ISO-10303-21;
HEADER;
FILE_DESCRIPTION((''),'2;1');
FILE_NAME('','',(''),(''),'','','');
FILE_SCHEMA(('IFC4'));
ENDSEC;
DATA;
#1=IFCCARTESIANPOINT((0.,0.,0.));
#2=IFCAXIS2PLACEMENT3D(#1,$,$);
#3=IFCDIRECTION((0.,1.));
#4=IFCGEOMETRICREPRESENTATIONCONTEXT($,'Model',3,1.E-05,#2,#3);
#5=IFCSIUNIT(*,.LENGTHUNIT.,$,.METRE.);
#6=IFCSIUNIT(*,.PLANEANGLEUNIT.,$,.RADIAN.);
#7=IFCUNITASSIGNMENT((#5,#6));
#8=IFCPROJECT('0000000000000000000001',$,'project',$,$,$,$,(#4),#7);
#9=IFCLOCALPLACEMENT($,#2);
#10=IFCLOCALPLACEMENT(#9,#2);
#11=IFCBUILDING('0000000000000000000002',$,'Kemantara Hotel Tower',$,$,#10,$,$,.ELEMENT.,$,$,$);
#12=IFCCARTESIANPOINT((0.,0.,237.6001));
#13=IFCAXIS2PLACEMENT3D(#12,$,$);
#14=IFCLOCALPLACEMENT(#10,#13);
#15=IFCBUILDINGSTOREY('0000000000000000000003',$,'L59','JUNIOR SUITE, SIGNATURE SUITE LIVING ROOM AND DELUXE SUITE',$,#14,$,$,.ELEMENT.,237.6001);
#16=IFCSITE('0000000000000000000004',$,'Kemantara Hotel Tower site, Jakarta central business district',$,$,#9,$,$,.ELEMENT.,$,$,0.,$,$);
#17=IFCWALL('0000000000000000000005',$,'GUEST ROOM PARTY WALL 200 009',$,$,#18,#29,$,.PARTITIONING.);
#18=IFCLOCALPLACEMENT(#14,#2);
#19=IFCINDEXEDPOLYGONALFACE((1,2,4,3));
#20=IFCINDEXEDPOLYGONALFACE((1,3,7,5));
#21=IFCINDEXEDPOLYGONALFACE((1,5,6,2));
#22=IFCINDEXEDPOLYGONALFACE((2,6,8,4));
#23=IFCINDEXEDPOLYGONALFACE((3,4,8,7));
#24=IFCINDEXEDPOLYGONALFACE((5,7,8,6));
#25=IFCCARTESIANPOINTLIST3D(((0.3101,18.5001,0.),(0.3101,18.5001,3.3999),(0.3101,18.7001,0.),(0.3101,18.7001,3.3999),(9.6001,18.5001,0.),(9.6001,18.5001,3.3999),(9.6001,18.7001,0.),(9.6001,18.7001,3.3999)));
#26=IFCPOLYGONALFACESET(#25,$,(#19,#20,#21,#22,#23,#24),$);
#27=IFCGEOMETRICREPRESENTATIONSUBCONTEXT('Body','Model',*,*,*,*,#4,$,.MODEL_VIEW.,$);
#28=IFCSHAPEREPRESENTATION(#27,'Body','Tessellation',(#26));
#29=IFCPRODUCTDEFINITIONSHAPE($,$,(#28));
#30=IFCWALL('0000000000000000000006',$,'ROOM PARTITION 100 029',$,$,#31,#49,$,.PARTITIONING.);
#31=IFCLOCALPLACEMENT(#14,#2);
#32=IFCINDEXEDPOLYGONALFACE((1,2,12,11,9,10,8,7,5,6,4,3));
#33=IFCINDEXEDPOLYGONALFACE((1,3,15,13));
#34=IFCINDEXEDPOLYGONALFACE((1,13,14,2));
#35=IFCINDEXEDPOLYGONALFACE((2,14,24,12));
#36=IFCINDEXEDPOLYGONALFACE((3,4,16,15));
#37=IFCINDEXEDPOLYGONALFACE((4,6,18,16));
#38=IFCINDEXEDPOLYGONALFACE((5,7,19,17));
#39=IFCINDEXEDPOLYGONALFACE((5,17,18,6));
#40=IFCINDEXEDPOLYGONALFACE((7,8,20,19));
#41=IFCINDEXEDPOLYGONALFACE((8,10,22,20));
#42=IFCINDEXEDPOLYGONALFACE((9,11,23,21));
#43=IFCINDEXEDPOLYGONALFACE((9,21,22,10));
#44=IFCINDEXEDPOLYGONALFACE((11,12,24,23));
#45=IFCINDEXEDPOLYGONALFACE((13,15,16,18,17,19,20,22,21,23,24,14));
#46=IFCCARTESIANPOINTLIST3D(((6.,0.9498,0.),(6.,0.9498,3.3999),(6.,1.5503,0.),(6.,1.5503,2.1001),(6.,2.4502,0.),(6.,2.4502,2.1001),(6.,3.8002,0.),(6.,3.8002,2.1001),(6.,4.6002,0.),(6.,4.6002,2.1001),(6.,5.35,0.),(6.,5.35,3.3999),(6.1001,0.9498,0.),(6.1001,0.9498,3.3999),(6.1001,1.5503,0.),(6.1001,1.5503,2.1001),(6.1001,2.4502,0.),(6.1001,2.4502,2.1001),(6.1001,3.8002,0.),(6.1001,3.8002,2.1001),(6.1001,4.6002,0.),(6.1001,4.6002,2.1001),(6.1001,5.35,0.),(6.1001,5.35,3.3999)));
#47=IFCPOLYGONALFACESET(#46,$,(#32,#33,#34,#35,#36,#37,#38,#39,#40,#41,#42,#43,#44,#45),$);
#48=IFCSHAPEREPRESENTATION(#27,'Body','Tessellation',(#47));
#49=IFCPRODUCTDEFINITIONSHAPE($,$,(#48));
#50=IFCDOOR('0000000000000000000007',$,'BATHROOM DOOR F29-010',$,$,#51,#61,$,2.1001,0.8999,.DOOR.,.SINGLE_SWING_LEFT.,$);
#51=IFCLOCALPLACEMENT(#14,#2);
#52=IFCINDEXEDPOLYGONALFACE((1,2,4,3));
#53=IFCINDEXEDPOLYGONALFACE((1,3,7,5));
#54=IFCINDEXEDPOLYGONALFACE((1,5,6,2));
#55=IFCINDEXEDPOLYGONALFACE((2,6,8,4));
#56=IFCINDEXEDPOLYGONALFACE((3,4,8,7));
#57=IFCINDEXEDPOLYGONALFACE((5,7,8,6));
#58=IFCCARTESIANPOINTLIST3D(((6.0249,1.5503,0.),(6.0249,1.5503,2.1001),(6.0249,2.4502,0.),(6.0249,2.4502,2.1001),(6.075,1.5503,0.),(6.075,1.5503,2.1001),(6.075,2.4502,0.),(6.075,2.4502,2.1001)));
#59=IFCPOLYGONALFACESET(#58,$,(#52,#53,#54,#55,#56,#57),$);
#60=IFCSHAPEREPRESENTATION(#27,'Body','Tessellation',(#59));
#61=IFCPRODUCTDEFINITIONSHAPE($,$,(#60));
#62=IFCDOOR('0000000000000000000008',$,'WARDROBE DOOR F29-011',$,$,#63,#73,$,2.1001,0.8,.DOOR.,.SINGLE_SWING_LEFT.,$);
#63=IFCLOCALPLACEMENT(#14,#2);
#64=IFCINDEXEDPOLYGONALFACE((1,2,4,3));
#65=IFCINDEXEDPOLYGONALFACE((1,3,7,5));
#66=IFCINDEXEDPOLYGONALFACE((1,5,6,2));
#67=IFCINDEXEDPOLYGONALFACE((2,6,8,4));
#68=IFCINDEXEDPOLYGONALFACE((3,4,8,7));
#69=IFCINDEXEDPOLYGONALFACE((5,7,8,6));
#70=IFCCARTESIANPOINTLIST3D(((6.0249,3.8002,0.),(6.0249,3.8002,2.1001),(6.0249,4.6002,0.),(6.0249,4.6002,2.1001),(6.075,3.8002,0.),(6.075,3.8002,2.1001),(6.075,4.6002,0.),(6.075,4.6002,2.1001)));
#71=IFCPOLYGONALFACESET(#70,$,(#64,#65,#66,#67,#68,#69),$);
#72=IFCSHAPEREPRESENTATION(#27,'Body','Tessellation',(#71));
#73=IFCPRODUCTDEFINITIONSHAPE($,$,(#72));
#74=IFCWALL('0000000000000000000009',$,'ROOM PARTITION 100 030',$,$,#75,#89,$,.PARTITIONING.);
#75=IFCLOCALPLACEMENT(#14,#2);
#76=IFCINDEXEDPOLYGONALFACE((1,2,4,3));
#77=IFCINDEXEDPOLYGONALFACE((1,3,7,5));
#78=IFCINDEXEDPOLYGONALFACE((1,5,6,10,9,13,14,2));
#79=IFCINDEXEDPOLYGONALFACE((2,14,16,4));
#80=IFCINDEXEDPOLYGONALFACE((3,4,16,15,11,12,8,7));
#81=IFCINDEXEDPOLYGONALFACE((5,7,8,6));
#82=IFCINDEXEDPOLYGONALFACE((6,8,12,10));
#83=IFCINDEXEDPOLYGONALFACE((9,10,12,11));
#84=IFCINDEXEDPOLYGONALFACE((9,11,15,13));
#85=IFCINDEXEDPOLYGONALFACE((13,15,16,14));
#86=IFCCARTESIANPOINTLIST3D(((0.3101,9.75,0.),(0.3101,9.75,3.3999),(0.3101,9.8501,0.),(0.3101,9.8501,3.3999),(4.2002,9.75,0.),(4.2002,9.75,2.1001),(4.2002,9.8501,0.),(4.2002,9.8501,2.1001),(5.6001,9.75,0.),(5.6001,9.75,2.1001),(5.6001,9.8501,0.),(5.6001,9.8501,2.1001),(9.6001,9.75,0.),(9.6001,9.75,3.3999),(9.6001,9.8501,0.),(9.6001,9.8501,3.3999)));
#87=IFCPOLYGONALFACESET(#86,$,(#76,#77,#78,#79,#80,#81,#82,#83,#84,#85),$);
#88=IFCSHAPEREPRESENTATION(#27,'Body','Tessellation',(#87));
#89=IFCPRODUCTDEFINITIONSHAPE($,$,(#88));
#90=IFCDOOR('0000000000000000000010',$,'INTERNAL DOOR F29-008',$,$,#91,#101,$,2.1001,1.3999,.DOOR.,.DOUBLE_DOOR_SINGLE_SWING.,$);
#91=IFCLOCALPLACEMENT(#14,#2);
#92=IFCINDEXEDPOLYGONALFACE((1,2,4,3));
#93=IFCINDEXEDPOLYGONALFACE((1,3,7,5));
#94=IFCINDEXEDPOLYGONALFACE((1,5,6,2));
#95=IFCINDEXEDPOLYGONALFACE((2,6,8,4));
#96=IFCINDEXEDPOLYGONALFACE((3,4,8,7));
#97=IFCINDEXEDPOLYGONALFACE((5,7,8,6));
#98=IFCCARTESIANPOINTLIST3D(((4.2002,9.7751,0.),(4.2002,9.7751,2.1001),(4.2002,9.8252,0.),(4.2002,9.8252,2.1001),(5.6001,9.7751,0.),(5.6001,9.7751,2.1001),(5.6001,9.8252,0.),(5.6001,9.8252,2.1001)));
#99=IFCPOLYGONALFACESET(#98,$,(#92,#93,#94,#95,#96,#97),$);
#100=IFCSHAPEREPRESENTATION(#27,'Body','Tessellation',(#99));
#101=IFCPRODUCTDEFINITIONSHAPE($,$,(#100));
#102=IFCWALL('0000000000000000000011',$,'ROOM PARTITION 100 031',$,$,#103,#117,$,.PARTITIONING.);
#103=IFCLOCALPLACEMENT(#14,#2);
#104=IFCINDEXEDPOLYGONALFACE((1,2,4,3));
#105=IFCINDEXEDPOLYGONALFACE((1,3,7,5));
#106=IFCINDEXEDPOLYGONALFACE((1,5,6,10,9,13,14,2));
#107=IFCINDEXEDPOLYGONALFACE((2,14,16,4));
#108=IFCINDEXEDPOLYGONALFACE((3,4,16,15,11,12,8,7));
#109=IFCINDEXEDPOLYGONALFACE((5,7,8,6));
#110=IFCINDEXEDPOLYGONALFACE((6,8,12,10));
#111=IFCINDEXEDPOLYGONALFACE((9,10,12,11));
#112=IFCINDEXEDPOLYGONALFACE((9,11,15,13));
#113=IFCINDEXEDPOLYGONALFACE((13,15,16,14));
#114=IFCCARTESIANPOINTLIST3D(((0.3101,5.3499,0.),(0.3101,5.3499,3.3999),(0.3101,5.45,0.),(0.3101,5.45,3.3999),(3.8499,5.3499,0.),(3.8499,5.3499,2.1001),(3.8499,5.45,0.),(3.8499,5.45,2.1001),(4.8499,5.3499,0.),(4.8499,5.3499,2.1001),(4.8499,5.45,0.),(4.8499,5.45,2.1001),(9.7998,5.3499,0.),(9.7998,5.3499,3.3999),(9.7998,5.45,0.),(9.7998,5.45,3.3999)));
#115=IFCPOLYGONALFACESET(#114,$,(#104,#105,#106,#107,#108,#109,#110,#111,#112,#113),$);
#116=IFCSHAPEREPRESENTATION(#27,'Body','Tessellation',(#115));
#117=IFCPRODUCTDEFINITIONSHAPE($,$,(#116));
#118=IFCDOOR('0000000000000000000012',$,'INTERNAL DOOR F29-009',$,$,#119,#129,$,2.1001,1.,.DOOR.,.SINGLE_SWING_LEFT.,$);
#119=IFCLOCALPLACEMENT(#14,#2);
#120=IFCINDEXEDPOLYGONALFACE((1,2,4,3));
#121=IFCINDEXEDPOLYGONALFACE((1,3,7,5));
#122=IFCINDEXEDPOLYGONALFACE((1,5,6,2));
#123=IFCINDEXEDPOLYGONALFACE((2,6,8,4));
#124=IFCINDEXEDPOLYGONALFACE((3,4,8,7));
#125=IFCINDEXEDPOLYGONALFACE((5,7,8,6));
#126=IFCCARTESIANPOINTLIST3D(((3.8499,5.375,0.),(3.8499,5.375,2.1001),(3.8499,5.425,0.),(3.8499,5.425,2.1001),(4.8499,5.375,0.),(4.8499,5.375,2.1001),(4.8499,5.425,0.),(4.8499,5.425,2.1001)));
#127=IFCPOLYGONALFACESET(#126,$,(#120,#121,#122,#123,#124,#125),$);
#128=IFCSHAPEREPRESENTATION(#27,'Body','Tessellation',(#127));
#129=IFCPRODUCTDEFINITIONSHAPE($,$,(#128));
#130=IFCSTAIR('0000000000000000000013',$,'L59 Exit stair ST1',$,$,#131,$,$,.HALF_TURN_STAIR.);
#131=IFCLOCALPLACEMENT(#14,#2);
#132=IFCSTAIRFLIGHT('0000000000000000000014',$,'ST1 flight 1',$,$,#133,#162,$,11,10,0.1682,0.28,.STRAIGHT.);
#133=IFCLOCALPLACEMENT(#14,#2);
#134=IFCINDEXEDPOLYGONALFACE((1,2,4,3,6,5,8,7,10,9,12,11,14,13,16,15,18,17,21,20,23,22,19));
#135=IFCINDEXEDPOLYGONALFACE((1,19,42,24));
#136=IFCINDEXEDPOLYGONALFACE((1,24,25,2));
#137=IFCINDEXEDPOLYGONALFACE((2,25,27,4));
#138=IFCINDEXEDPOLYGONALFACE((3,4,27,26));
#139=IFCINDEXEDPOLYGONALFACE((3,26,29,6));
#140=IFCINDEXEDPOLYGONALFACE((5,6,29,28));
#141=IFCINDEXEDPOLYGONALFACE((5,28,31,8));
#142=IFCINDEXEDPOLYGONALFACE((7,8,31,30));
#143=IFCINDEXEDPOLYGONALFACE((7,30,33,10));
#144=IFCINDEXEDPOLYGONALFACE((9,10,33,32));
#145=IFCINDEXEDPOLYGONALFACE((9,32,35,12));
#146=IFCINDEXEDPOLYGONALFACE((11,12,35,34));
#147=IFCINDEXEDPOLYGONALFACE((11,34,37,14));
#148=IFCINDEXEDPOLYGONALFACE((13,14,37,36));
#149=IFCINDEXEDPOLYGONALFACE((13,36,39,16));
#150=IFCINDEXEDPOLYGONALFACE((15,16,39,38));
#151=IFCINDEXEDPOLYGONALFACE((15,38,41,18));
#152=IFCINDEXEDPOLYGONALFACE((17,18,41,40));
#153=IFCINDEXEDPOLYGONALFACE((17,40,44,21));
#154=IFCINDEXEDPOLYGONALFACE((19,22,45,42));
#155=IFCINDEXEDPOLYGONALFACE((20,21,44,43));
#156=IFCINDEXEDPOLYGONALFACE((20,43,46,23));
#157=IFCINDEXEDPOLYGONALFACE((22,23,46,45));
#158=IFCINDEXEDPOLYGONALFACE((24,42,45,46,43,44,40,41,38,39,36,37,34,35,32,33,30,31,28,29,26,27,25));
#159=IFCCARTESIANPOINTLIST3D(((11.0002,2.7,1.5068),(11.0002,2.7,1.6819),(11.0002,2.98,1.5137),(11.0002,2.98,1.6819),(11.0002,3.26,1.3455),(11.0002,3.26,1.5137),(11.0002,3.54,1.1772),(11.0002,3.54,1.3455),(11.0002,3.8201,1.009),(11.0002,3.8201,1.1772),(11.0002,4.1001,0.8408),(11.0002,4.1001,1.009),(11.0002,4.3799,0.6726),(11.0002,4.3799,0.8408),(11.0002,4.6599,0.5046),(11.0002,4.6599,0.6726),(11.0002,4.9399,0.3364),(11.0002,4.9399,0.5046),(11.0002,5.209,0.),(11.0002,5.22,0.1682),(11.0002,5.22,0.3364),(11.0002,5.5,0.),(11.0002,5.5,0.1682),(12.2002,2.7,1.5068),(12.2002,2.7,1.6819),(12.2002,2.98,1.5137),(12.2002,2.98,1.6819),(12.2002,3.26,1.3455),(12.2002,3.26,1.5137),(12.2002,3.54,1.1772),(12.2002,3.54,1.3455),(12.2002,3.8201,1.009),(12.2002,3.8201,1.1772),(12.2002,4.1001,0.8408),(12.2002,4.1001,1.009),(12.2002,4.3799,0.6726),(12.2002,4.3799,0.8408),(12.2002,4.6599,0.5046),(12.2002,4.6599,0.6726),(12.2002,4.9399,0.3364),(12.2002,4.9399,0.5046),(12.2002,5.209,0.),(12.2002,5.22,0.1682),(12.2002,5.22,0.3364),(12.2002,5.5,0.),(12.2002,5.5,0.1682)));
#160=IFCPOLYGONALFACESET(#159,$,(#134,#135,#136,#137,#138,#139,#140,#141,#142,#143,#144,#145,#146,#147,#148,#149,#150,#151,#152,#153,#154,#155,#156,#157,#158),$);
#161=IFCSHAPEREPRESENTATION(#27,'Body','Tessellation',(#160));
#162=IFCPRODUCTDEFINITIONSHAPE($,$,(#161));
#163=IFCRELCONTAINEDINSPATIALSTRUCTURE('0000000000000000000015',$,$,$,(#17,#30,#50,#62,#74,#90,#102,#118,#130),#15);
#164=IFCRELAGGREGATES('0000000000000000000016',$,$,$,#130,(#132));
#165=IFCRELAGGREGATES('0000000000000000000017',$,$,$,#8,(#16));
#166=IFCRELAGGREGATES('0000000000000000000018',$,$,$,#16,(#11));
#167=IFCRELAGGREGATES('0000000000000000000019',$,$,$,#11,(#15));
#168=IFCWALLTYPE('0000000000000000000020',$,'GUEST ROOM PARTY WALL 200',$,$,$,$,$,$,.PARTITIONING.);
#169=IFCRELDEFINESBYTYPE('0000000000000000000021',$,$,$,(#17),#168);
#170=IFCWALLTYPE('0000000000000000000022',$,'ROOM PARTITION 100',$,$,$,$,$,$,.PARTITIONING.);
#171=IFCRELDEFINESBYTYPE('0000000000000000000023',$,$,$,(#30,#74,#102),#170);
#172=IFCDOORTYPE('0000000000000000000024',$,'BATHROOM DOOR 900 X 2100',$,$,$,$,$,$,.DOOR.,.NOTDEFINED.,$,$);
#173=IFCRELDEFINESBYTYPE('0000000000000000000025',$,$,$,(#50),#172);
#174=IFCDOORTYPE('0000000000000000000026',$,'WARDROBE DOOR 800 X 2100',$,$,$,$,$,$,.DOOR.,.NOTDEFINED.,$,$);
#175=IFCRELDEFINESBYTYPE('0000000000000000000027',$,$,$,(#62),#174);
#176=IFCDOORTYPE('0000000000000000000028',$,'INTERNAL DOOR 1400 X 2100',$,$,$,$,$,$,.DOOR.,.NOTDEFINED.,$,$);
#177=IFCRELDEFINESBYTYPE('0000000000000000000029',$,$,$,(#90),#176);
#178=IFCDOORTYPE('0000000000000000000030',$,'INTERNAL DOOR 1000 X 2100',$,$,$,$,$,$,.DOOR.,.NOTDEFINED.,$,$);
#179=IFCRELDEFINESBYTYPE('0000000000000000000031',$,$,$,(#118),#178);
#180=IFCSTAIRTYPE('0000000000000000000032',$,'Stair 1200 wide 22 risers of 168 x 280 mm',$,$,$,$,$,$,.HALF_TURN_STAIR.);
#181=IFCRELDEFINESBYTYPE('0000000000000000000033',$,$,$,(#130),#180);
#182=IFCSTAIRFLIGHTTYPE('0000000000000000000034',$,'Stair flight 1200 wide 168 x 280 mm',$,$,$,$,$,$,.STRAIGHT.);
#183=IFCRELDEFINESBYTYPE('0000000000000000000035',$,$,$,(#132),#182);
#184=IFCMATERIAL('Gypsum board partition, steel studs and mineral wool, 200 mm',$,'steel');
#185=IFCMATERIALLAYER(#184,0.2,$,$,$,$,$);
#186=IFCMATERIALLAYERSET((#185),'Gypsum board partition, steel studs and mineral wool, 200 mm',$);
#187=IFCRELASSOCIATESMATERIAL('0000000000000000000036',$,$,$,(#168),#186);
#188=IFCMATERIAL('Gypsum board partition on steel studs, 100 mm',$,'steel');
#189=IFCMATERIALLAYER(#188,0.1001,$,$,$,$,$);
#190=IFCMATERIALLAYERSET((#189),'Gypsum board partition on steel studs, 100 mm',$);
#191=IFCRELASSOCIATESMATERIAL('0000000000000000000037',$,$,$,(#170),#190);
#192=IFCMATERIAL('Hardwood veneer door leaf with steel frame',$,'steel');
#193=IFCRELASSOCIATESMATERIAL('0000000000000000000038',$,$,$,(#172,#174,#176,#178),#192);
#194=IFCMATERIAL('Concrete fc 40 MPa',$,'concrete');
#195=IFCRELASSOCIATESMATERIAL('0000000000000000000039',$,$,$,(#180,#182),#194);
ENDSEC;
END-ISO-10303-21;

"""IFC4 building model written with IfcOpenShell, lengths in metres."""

from ifc_helpers import new_model, si_unit, direction, frame, frame_2d, origin, place, context, subcontext, project, spatial, polyline, rectangle, outline, extrude, material, layer, layer_set, type_object, element, fill, aggregate, save


model = new_model("IFC4")

# Units and contexts
model_context = context("Model", 3, precision=1e-05, world=origin(), true_north=direction((0.0, 1.0)))
body_context = subcontext(model_context, "Body", "Model", "MODEL_VIEW")
ifc_project = project(units=[si_unit("LENGTHUNIT", "METRE"), si_unit("PLANEANGLEUNIT", "RADIAN")], contexts=[model_context])

# Site, building, storey
site_placement = place(None, origin())
site = spatial("IfcSite", under=ifc_project, at=site_placement, Name="Kemantara Hotel Tower site, Jakarta central business district", CompositionType="ELEMENT", RefElevation=0.0)
building_placement = place(site_placement, origin())
building = spatial("IfcBuilding", under=site, at=building_placement, Name="Kemantara Hotel Tower", CompositionType="ELEMENT")
storey_placement = place(building_placement, frame((0.0, 0.0, 237.6001)))
storey = spatial("IfcBuildingStorey", under=building, at=storey_placement, Name="L59", Description="JUNIOR SUITE, SIGNATURE SUITE LIVING ROOM AND DELUXE SUITE", CompositionType="ELEMENT", Elevation=237.6001)

# Shared definitions
ifc_material_1 = material(Name="Gypsum board partition, steel studs and mineral wool, 200 mm", Category="steel")
ifc_material_2 = material(Name="Hardwood veneer door leaf with steel frame", Category="steel")

# Wall
ifc_layer_1 = layer(ifc_material_1, 0.2)
ifc_layer_set_1 = layer_set([ifc_layer_1], Name="Gypsum board partition, steel studs and mineral wool, 200 mm")
wall_type_1 = type_object("IfcWallType", Name="GUEST ROOM PARTY WALL 200", PredefinedType="PARTITIONING", material=ifc_layer_set_1)
wall_1_placement = place(storey_placement, frame((0.3101, 18.6001, 0.0), z_axis=(0.0, 0.0, 1.0), x_axis=(1.0, 0.0, 0.0)))
element("IfcWall", 1, at=wall_1_placement, inside=storey, type_object=wall_type_1, Name="GUEST ROOM PARTY WALL 200 009", PredefinedType="PARTITIONING", context=body_context, shape_type="SweptSolid", body=[
    extrude(rectangle(XDim=9.29, YDim=0.2, at=frame_2d((4.645, 0.0))), origin(), (0.0, 0.0, 1.0), 3.3999),
])

# Wall, openings, doors
ifc_material_3 = material(Name="Gypsum board partition on steel studs, 100 mm", Category="steel")
ifc_layer_2 = layer(ifc_material_3, 0.1001)
ifc_layer_set_2 = layer_set([ifc_layer_2], Name="Gypsum board partition on steel studs, 100 mm")
wall_type_2 = type_object("IfcWallType", Name="ROOM PARTITION 100", PredefinedType="PARTITIONING", material=ifc_layer_set_2)
wall_2_placement = place(storey_placement, frame((6.05, 5.3501, 0.0), z_axis=(0.0, 0.0, 1.0), x_axis=(0.0, -1.0, 0.0)))
wall_2 = element("IfcWall", 2, at=wall_2_placement, inside=storey, type_object=wall_type_2, Name="ROOM PARTITION 100 029", PredefinedType="PARTITIONING", context=body_context, shape_type="SweptSolid", body=[
    extrude(rectangle(XDim=4.4001, YDim=0.1001, at=frame_2d((2.2002, 0.0))), origin(), (0.0, 0.0, 1.0), 3.3999),
])
opening_1_placement = place(wall_2_placement, frame((2.8999, 0.0, 0.0)))
opening_1 = element("IfcOpeningElement", 3, at=opening_1_placement, cuts=wall_2, PredefinedType="OPENING", context=body_context, shape_type="SweptSolid", body=[
    extrude(rectangle(XDim=0.8999, YDim=2.1001, at=frame_2d((0.45, 1.05))), frame((0.0, 0.0601, 0.0), z_axis=(0.0, -1.0, 0.0), x_axis=(1.0, 0.0, 0.0)), (0.0, 0.0, 1.0), 0.1201),
])
opening_2_placement = place(wall_2_placement, frame((0.75, 0.0, 0.0)))
opening_2 = element("IfcOpeningElement", 4, at=opening_2_placement, cuts=wall_2, PredefinedType="OPENING", context=body_context, shape_type="SweptSolid", body=[
    extrude(rectangle(XDim=0.8, YDim=2.1001, at=frame_2d((0.3999, 1.05))), frame((0.0, 0.0601, 0.0), z_axis=(0.0, -1.0, 0.0), x_axis=(1.0, 0.0, 0.0)), (0.0, 0.0, 1.0), 0.1201),
])
door_type_1 = type_object("IfcDoorType", Name="BATHROOM DOOR 900 X 2100", OperationType="NOTDEFINED", PredefinedType="DOOR", material=ifc_material_2)
door_1_placement = place(opening_1_placement, origin())
door_1 = element("IfcDoor", 5, at=door_1_placement, inside=storey, type_object=door_type_1, Name="BATHROOM DOOR F29-010", OperationType="SINGLE_SWING_LEFT", OverallHeight=2.1001, OverallWidth=0.8999, PredefinedType="DOOR", context=body_context, shape_type="SweptSolid", body=[
    extrude(rectangle(XDim=0.8999, YDim=2.1001, at=frame_2d((0.45, 1.05))), frame((0.0, 0.0249, 0.0), z_axis=(0.0, -1.0, 0.0), x_axis=(1.0, 0.0, 0.0)), (0.0, 0.0, 1.0), 0.05),
])
fill(opening_1, door_1)
door_type_2 = type_object("IfcDoorType", Name="WARDROBE DOOR 800 X 2100", OperationType="NOTDEFINED", PredefinedType="DOOR", material=ifc_material_2)
door_2_placement = place(opening_2_placement, origin())
door_2 = element("IfcDoor", 6, at=door_2_placement, inside=storey, type_object=door_type_2, Name="WARDROBE DOOR F29-011", OperationType="SINGLE_SWING_LEFT", OverallHeight=2.1001, OverallWidth=0.8, PredefinedType="DOOR", context=body_context, shape_type="SweptSolid", body=[
    extrude(rectangle(XDim=0.8, YDim=2.1001, at=frame_2d((0.3999, 1.05))), frame((0.0, 0.0249, 0.0), z_axis=(0.0, -1.0, 0.0), x_axis=(1.0, 0.0, 0.0)), (0.0, 0.0, 1.0), 0.05),
])
fill(opening_2, door_2)

# Walls, openings, doors
wall_3_placement = place(storey_placement, frame((9.6001, 9.8, 0.0), z_axis=(0.0, 0.0, 1.0), x_axis=(-1.0, 0.0, 0.0)))
wall_3 = element("IfcWall", 7, at=wall_3_placement, inside=storey, type_object=wall_type_2, Name="ROOM PARTITION 100 030", PredefinedType="PARTITIONING", context=body_context, shape_type="SweptSolid", body=[
    extrude(rectangle(XDim=9.29, YDim=0.1001, at=frame_2d((4.645, 0.0))), origin(), (0.0, 0.0, 1.0), 3.3999),
])
opening_3_placement = place(wall_3_placement, frame((4.0, 0.0, 0.0)))
opening_3 = element("IfcOpeningElement", 8, at=opening_3_placement, cuts=wall_3, PredefinedType="OPENING", context=body_context, shape_type="SweptSolid", body=[
    extrude(rectangle(XDim=1.3999, YDim=2.1001, at=frame_2d((0.7, 1.05))), frame((0.0, 0.0601, 0.0), z_axis=(0.0, -1.0, 0.0), x_axis=(1.0, 0.0, 0.0)), (0.0, 0.0, 1.0), 0.1201),
])
door_type_3 = type_object("IfcDoorType", Name="INTERNAL DOOR 1400 X 2100", OperationType="NOTDEFINED", PredefinedType="DOOR", material=ifc_material_2)
door_3_placement = place(opening_3_placement, origin())
door_3 = element("IfcDoor", 9, at=door_3_placement, inside=storey, type_object=door_type_3, Name="INTERNAL DOOR F29-008", OperationType="DOUBLE_DOOR_SINGLE_SWING", OverallHeight=2.1001, OverallWidth=1.3999, PredefinedType="DOOR", context=body_context, shape_type="SweptSolid", body=[
    extrude(rectangle(XDim=1.3999, YDim=2.1001, at=frame_2d((0.7, 1.05))), frame((0.0, 0.0249, 0.0), z_axis=(0.0, -1.0, 0.0), x_axis=(1.0, 0.0, 0.0)), (0.0, 0.0, 1.0), 0.05),
])
fill(opening_3, door_3)
wall_4_placement = place(storey_placement, frame((9.7998, 5.3999, 0.0), z_axis=(0.0, 0.0, 1.0), x_axis=(-1.0, 0.0, 0.0)))
wall_4 = element("IfcWall", 10, at=wall_4_placement, inside=storey, type_object=wall_type_2, Name="ROOM PARTITION 100 031", PredefinedType="PARTITIONING", context=body_context, shape_type="SweptSolid", body=[
    extrude(rectangle(XDim=9.4897, YDim=0.1001, at=frame_2d((4.7449, 0.0))), origin(), (0.0, 0.0, 1.0), 3.3999),
])
opening_4_placement = place(wall_4_placement, frame((4.95, 0.0, 0.0)))
opening_4 = element("IfcOpeningElement", 11, at=opening_4_placement, cuts=wall_4, PredefinedType="OPENING", context=body_context, shape_type="SweptSolid", body=[
    extrude(rectangle(XDim=1.0, YDim=2.1001, at=frame_2d((0.5, 1.05))), frame((0.0, 0.0601, 0.0), z_axis=(0.0, -1.0, 0.0), x_axis=(1.0, 0.0, 0.0)), (0.0, 0.0, 1.0), 0.1201),
])
door_type_4 = type_object("IfcDoorType", Name="INTERNAL DOOR 1000 X 2100", OperationType="NOTDEFINED", PredefinedType="DOOR", material=ifc_material_2)
door_4_placement = place(opening_4_placement, origin())
door_4 = element("IfcDoor", 12, at=door_4_placement, inside=storey, type_object=door_type_4, Name="INTERNAL DOOR F29-009", OperationType="SINGLE_SWING_LEFT", OverallHeight=2.1001, OverallWidth=1.0, PredefinedType="DOOR", context=body_context, shape_type="SweptSolid", body=[
    extrude(rectangle(XDim=1.0, YDim=2.1001, at=frame_2d((0.5, 1.05))), frame((0.0, 0.0249, 0.0), z_axis=(0.0, -1.0, 0.0), x_axis=(1.0, 0.0, 0.0)), (0.0, 0.0, 1.0), 0.05),
])
fill(opening_4, door_4)

# Stair, stair flight
ifc_material_4 = material(Name="Concrete fc 40 MPa", Category="concrete")
stair_type = type_object("IfcStairType", Name="Stair 1200 wide 22 risers of 168 x 280 mm", PredefinedType="HALF_TURN_STAIR", material=ifc_material_4)
stair_placement = place(storey_placement, origin())
stair = element("IfcStair", 13, at=stair_placement, inside=storey, type_object=stair_type, Name="L59 Exit stair ST1", PredefinedType="HALF_TURN_STAIR")
stair_flight_type = type_object("IfcStairFlightType", Name="Stair flight 1200 wide 168 x 280 mm", PredefinedType="STRAIGHT", material=ifc_material_4)
stair_flight_placement = place(storey_placement, frame((11.6001, 5.5, 0.0), z_axis=(0.0, 0.0, 1.0), x_axis=(0.0, -1.0, 0.0)))
stair_flight = element("IfcStairFlight", 14, at=stair_flight_placement, type_object=stair_flight_type, Name="ST1 flight 1", NumberOfRisers=11, NumberOfTreads=10, PredefinedType="STRAIGHT", RiserHeight=0.1682, TreadLength=0.28, context=body_context, shape_type="SweptSolid", body=[
    extrude(outline(polyline([(0.0, 0.0), (0.0, 0.1682), (0.28, 0.1682), (0.28, 0.3364), (0.5601, 0.3364), (0.5601, 0.5046), (0.8401, 0.5046), (0.8401, 0.6726), (1.1201, 0.6726), (1.1201, 0.8408), (1.3999, 0.8408), (1.3999, 1.009), (1.6799, 1.009), (1.6799, 1.1772), (1.96, 1.1772), (1.96, 1.3455), (2.24, 1.3455), (2.24, 1.5137), (2.52, 1.5137), (2.52, 1.6819), (2.8, 1.6819), (2.8, 1.8501), (2.8, 1.5068), (0.291, 0.0), (0.0, 0.0)])), frame((0.0, 0.6001, 0.0), z_axis=(0.0, -1.0, 0.0), x_axis=(1.0, 0.0, 0.0)), (0.0, 0.0, 1.0), 1.2),
])
aggregate(stair, [stair_flight])

save(model, "model.ifc")
